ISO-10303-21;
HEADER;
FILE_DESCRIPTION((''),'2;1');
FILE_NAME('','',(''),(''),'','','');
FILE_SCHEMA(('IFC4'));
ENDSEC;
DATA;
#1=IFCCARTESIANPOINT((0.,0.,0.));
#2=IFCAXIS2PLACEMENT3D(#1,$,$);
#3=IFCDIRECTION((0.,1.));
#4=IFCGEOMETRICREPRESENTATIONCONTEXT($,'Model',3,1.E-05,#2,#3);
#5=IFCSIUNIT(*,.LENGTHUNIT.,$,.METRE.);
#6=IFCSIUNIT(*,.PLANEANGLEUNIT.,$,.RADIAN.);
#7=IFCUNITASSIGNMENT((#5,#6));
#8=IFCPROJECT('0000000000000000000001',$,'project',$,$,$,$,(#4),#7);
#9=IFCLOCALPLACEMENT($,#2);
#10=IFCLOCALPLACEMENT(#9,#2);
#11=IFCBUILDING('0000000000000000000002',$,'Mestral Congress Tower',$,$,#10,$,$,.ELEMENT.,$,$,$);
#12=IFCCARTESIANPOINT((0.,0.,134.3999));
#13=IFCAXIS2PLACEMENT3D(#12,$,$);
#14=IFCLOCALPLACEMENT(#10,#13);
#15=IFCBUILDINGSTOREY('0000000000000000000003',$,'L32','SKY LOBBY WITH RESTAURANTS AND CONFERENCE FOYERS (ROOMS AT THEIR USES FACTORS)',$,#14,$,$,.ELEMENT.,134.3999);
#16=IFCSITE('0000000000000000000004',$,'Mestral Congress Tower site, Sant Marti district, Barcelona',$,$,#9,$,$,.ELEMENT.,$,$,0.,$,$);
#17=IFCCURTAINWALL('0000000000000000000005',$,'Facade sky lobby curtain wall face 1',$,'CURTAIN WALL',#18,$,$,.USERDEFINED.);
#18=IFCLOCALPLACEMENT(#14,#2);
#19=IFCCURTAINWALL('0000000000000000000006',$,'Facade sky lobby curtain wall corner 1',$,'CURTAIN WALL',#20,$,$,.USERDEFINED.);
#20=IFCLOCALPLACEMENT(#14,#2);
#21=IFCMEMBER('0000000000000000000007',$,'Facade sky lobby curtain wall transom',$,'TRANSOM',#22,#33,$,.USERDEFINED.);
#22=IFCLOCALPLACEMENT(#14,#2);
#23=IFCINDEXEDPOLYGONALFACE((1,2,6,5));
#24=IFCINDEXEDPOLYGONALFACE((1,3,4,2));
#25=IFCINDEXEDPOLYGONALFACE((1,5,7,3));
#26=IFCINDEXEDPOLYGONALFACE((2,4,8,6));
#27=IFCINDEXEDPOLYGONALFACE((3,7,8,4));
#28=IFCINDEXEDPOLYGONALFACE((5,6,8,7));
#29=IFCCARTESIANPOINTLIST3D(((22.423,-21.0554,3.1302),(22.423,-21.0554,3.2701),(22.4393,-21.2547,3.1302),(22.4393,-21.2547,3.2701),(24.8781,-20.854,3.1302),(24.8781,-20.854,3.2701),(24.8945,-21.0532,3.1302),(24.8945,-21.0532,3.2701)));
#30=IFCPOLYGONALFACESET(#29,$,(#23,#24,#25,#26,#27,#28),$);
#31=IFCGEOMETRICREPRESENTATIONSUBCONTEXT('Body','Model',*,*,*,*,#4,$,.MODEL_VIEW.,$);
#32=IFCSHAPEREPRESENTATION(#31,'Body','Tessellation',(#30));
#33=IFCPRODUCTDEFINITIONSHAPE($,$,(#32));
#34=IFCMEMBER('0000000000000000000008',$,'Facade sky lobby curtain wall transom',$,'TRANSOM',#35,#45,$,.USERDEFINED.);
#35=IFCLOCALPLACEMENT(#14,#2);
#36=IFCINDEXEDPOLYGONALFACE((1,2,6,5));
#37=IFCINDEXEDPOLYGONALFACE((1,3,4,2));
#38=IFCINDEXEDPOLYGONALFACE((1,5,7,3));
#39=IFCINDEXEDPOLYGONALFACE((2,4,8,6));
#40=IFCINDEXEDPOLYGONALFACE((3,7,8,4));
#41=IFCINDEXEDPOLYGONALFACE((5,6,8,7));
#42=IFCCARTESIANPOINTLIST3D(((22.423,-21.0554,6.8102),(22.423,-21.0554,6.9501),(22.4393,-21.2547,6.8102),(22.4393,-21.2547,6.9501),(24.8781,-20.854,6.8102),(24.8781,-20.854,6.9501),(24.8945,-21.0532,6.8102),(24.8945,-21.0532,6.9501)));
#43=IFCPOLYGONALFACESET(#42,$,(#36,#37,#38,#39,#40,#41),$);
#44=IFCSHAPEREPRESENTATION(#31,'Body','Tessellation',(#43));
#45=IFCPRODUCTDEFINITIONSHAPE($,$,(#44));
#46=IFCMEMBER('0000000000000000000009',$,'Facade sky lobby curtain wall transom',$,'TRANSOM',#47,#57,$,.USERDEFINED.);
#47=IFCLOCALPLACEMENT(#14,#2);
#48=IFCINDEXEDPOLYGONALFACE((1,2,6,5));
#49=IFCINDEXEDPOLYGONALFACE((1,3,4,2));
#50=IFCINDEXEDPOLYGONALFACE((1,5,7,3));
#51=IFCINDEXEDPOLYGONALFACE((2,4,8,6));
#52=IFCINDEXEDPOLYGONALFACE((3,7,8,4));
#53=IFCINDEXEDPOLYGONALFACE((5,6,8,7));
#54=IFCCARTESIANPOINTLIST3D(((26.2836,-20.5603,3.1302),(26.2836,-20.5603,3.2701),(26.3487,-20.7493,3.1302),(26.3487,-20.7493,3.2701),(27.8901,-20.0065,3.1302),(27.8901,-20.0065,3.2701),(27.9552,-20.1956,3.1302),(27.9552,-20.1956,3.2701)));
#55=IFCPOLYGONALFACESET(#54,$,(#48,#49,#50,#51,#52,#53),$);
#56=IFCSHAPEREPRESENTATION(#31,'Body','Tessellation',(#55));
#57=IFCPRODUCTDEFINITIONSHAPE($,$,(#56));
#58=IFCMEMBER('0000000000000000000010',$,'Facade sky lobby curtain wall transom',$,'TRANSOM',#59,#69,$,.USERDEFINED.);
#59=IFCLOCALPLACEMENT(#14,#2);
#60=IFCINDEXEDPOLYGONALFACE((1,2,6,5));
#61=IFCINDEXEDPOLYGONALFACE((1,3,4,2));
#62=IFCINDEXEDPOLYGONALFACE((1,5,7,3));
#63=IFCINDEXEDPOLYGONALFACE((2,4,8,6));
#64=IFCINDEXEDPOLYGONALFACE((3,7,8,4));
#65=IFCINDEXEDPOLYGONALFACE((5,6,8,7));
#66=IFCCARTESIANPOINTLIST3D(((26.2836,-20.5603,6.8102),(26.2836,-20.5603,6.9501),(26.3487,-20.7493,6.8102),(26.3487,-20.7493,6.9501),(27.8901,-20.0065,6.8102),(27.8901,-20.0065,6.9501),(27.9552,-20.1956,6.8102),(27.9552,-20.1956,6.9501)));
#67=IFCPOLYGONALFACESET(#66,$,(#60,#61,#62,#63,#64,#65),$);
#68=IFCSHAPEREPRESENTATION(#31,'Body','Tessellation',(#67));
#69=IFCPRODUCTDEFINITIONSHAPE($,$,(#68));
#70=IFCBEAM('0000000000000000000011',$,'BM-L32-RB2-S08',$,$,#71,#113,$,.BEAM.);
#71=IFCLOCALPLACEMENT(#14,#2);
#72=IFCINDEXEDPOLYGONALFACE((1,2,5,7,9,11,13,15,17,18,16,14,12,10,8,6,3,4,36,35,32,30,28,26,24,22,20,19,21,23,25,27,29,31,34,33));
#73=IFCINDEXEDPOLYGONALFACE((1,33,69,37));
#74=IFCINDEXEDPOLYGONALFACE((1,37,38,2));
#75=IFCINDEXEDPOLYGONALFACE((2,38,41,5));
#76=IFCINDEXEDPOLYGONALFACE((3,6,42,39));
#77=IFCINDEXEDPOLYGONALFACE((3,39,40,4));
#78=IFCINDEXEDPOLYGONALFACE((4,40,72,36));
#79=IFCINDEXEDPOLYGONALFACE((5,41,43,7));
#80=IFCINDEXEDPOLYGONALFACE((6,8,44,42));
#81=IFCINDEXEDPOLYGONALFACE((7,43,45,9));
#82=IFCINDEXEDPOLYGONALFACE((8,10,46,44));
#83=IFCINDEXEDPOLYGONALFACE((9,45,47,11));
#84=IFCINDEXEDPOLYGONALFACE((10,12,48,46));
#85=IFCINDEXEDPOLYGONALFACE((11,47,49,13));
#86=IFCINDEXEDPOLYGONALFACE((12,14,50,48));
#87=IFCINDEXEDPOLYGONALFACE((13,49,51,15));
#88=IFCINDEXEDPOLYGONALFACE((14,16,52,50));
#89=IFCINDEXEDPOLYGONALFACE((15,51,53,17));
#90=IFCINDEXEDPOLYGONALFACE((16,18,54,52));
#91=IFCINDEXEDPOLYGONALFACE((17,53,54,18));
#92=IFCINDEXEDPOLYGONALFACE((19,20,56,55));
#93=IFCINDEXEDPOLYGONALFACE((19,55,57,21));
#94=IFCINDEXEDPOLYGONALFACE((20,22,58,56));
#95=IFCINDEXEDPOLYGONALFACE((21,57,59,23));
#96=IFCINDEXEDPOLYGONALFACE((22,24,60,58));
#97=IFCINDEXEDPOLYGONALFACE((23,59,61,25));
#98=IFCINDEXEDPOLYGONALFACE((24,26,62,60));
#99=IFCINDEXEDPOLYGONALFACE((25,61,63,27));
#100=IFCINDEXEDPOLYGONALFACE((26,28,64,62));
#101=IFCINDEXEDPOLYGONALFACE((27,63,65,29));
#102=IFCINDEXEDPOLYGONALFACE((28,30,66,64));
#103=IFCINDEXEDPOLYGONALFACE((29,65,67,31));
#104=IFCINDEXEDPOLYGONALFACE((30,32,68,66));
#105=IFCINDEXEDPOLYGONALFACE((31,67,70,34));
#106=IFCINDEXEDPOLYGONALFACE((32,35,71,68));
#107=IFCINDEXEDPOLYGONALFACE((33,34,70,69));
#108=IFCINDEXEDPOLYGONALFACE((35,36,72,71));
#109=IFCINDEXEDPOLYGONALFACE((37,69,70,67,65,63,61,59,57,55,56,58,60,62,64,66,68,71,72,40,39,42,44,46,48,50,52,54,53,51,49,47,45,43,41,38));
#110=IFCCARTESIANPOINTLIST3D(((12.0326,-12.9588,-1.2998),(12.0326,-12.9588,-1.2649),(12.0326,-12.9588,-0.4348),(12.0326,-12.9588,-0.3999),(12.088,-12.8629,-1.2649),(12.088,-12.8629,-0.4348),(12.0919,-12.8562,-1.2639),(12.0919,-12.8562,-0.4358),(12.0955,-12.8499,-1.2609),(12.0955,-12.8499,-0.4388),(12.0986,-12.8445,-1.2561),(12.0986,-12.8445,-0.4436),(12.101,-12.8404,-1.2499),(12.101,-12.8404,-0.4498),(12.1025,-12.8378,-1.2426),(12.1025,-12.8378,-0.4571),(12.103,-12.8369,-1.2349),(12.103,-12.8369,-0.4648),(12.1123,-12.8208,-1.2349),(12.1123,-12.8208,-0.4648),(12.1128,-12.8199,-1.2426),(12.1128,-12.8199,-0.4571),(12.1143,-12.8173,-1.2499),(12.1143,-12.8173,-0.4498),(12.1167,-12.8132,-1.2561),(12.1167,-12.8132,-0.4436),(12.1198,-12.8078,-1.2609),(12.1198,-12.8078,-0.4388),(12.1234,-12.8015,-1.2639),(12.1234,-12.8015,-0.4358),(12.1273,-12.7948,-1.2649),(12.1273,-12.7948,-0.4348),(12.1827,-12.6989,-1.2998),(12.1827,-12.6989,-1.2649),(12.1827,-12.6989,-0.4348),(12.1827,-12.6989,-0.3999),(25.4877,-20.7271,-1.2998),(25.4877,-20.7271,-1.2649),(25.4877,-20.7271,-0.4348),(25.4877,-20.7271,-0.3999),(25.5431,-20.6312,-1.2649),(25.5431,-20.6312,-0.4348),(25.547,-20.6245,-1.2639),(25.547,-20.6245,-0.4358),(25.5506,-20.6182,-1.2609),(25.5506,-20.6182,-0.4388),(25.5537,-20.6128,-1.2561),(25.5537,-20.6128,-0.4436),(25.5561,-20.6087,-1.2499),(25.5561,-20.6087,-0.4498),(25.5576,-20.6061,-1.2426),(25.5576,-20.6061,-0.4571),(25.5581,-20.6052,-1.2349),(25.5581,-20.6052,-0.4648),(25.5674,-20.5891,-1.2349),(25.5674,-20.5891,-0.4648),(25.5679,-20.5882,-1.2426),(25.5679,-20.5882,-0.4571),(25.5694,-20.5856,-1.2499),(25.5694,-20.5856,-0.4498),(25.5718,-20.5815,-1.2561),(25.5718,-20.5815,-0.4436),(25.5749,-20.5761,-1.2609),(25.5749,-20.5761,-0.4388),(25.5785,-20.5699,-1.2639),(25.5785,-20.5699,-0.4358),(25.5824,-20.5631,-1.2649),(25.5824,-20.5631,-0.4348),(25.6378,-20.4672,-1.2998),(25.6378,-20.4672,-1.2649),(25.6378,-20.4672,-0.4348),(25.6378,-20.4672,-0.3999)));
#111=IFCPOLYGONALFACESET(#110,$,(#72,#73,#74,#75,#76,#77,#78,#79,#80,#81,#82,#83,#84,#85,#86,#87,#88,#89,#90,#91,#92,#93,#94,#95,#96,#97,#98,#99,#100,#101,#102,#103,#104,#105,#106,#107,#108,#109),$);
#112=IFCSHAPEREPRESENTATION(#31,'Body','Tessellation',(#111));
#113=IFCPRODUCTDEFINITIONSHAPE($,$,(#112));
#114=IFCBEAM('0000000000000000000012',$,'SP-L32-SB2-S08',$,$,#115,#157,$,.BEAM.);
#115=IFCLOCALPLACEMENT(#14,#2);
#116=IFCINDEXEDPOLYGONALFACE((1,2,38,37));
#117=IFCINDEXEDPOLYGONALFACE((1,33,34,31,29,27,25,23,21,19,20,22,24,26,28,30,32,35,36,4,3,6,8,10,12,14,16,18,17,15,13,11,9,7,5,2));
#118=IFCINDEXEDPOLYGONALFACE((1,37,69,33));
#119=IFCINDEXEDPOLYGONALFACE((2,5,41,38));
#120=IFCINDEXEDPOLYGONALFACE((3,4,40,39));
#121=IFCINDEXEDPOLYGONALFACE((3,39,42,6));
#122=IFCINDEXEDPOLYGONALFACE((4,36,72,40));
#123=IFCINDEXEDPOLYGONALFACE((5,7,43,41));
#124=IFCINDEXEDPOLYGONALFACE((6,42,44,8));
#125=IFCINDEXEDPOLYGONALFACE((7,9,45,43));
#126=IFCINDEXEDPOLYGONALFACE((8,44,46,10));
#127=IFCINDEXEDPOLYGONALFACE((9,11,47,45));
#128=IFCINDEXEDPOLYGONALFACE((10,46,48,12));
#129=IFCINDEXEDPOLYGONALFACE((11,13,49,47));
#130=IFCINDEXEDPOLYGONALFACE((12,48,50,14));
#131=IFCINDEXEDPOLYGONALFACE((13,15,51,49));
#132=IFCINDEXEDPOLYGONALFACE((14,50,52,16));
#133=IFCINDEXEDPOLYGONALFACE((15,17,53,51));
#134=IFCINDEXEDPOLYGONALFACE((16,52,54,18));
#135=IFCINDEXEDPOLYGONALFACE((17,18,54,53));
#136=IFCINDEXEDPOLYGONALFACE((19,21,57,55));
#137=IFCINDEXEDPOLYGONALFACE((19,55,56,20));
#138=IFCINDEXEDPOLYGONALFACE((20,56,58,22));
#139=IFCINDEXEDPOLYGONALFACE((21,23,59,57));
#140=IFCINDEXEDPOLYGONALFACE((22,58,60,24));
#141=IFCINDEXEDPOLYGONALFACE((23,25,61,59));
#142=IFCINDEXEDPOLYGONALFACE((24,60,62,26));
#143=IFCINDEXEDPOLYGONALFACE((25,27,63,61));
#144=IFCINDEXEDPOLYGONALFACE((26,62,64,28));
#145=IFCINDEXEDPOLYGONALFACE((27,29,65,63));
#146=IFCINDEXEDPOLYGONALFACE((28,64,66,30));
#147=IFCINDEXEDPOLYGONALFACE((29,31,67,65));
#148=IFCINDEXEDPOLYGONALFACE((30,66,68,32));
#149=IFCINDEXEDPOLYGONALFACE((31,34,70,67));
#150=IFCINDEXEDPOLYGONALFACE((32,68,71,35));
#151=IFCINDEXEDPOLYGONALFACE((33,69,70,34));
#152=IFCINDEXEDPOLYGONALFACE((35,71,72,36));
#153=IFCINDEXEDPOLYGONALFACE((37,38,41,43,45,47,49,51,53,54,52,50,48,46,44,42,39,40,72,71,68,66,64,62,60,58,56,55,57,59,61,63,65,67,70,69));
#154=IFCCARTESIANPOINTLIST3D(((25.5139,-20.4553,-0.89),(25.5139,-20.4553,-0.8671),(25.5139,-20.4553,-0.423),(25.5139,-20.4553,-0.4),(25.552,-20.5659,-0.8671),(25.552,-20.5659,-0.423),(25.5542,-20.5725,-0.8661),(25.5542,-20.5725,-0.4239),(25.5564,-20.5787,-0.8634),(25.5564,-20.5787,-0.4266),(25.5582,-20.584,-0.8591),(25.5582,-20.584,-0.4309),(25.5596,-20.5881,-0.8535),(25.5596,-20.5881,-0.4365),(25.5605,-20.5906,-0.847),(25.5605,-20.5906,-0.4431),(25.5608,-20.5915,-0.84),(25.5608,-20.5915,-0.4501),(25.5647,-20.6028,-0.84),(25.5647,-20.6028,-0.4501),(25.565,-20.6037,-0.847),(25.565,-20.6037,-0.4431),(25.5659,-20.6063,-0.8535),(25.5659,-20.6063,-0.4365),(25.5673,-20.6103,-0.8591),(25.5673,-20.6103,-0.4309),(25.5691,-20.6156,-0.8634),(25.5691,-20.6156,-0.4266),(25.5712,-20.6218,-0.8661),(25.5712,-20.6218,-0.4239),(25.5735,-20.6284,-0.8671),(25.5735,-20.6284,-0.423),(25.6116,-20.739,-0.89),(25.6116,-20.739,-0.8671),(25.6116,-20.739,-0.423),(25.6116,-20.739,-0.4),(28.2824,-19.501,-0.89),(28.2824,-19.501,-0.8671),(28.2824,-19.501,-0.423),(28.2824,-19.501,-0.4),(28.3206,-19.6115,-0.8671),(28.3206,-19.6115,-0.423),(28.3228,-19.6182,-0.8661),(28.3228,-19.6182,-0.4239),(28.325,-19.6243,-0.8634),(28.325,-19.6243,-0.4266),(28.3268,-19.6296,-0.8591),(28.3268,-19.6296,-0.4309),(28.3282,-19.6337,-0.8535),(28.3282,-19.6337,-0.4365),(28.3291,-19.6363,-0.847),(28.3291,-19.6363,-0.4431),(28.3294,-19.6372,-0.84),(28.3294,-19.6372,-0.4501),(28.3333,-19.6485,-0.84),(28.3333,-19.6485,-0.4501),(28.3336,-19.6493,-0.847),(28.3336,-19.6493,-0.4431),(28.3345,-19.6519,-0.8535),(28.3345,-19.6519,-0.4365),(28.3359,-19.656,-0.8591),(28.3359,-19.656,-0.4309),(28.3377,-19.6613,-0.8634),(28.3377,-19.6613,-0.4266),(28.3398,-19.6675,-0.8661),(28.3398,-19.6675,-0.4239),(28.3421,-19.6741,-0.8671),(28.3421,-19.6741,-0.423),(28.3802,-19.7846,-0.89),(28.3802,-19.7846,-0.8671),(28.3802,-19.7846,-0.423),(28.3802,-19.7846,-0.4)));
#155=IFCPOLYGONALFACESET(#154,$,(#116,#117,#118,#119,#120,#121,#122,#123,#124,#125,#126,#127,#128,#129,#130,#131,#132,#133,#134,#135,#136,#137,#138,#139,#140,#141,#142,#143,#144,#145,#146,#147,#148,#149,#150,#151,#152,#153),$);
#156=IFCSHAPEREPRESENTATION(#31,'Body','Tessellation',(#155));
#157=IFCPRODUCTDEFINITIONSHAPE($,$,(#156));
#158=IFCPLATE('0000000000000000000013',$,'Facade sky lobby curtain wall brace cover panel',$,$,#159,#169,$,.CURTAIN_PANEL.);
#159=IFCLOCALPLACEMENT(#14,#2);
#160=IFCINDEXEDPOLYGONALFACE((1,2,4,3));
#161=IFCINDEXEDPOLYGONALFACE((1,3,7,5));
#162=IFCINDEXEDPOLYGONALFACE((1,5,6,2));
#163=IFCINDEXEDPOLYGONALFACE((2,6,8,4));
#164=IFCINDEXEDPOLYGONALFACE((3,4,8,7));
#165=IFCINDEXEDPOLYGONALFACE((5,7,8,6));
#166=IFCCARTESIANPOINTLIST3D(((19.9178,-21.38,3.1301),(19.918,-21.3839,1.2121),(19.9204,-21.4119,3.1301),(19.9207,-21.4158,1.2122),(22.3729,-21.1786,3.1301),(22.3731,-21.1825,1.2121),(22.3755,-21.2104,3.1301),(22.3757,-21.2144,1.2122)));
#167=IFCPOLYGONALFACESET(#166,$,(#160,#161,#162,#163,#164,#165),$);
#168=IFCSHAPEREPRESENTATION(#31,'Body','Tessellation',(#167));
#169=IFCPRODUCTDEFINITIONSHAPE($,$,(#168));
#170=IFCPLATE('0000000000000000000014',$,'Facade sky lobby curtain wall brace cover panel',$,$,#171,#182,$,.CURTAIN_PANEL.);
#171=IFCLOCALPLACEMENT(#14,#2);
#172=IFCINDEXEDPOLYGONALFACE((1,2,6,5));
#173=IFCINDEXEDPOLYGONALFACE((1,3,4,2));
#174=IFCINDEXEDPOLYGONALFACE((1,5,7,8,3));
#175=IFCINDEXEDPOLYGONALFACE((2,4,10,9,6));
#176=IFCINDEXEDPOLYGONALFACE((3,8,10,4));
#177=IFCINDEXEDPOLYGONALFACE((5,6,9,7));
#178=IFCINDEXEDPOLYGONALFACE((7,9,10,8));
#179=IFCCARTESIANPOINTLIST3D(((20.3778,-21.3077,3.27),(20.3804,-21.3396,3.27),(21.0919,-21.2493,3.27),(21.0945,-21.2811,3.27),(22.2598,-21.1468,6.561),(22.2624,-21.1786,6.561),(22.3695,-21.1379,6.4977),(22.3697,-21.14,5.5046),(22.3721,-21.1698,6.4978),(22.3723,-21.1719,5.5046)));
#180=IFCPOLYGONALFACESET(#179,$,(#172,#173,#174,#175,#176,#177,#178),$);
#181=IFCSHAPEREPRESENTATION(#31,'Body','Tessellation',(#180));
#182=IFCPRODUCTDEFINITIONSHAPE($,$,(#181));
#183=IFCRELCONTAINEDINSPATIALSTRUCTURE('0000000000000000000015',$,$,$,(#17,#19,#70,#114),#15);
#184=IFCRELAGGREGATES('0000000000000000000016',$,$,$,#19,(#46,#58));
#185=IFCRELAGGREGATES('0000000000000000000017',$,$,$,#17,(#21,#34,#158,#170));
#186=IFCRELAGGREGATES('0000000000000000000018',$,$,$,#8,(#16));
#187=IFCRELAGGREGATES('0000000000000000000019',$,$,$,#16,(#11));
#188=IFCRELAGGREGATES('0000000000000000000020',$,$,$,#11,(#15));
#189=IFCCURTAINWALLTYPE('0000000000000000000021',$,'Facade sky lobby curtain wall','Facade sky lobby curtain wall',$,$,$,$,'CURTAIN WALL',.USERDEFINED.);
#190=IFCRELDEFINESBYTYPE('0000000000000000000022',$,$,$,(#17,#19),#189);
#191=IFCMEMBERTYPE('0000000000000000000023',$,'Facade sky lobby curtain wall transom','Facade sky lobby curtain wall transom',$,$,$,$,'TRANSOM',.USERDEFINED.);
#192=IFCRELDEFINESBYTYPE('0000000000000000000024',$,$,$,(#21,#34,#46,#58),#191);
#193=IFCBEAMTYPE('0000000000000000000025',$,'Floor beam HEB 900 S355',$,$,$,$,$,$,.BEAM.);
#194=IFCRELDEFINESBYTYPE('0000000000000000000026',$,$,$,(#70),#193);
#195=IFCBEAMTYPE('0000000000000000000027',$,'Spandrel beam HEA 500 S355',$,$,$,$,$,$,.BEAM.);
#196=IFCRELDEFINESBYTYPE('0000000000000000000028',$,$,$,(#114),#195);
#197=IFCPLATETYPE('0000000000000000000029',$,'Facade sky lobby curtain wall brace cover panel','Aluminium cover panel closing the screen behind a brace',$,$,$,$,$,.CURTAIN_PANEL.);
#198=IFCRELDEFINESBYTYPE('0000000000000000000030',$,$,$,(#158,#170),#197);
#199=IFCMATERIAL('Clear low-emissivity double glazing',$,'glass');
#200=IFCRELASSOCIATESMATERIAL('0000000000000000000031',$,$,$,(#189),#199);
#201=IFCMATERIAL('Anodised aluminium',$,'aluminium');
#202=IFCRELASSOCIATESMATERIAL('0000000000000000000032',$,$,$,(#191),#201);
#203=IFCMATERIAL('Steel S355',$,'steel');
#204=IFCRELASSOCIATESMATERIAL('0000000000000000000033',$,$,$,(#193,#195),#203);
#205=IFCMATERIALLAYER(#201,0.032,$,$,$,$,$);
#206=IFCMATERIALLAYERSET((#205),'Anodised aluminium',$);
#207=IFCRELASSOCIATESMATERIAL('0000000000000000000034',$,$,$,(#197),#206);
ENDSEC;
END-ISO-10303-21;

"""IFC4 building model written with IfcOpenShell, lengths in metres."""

from ifc_helpers import new_model, si_unit, direction, frame, origin, origin_2d, place, context, subcontext, project, spatial, polyline, rectangle, i_section, outline, extrude, material, layer, layer_set, material_profile, profile_set, type_object, element, aggregate, save


model = new_model("IFC4")

# Units and contexts
model_context = context("Model", 3, precision=1e-05, world=origin(), true_north=direction((0.0, 1.0)))
body_context = subcontext(model_context, "Body", "Model", "MODEL_VIEW")
ifc_project = project(units=[si_unit("LENGTHUNIT", "METRE"), si_unit("PLANEANGLEUNIT", "RADIAN")], contexts=[model_context])

# Site, building, storey
site_placement = place(None, origin())
site = spatial("IfcSite", under=ifc_project, at=site_placement, Name="Mestral Congress Tower site, Sant Marti district, Barcelona", CompositionType="ELEMENT", RefElevation=0.0)
building_placement = place(site_placement, origin())
building = spatial("IfcBuilding", under=site, at=building_placement, Name="Mestral Congress Tower", CompositionType="ELEMENT")
storey_placement = place(building_placement, frame((0.0, 0.0, 134.3999)))
storey = spatial("IfcBuildingStorey", under=building, at=storey_placement, Name="L32", Description="SKY LOBBY WITH RESTAURANTS AND CONFERENCE FOYERS (ROOMS AT THEIR USES FACTORS)", CompositionType="ELEMENT", Elevation=134.3999)

# Shared definitions
ifc_material_1 = material(Name="Steel S355", Category="steel")

# Curtain walls
ifc_material_2 = material(Name="Clear low-emissivity double glazing", Category="glass")
curtain_wall_type = type_object("IfcCurtainWallType", Name="Facade sky lobby curtain wall", Description="Facade sky lobby curtain wall", ElementType="CURTAIN WALL", PredefinedType="USERDEFINED", material=ifc_material_2)
placement = place(storey_placement, origin())
curtain_wall_1 = element("IfcCurtainWall", 1, at=placement, inside=storey, type_object=curtain_wall_type, Name="Facade sky lobby curtain wall face 1", ObjectType="CURTAIN WALL", PredefinedType="USERDEFINED")
ifc_material_3 = material(Name="Anodised aluminium", Category="aluminium")
curtain_wall_2 = element("IfcCurtainWall", 2, at=placement, inside=storey, type_object=curtain_wall_type, Name="Facade sky lobby curtain wall corner 1", ObjectType="CURTAIN WALL", PredefinedType="USERDEFINED")

# Members
ifc_material_profile_1 = material_profile(ifc_material_3, rectangle(XDim=0.2, YDim=0.1399, at=origin_2d()), Name="CW1 transom 200 x 140")
ifc_profile_set_1 = profile_set([ifc_material_profile_1], Name="Anodised aluminium")
member_type_1 = type_object("IfcMemberType", Name="Facade sky lobby curtain wall transom", Description="Facade sky lobby curtain wall transom", ElementType="TRANSOM", PredefinedType="USERDEFINED", material=ifc_profile_set_1)
member_1_placement = place(storey_placement, frame((22.4312, -21.155, 3.2002), z_axis=(0.996652, 0.081766, 0.0), x_axis=(-0.081766, 0.996652, 0.0)))
member_1 = element("IfcMember", 3, at=member_1_placement, type_object=member_type_1, Name="Facade sky lobby curtain wall transom", ObjectType="TRANSOM", PredefinedType="USERDEFINED", context=body_context, shape_type="SweptSolid", body=[
    extrude(rectangle(XDim=0.2, YDim=0.1399, at=origin_2d()), origin(), (0.0, 0.0, 1.0), 2.4634),
])
member_2_placement = place(storey_placement, frame((22.4312, -21.155, 6.8801), z_axis=(0.996652, 0.081766, 0.0), x_axis=(-0.081766, 0.996652, 0.0)))
member_2 = element("IfcMember", 4, at=member_2_placement, type_object=member_type_1, Name="Facade sky lobby curtain wall transom", ObjectType="TRANSOM", PredefinedType="USERDEFINED", context=body_context, shape_type="SweptSolid", body=[
    extrude(rectangle(XDim=0.2, YDim=0.1399, at=origin_2d()), origin(), (0.0, 0.0, 1.0), 2.4634),
])
member_3_placement = place(storey_placement, frame((26.3162, -20.6548, 3.2002), z_axis=(0.945416, 0.325867, 0.0), x_axis=(-0.325867, 0.945416, 0.0)))
member_3 = element("IfcMember", 5, at=member_3_placement, type_object=member_type_1, Name="Facade sky lobby curtain wall transom", ObjectType="TRANSOM", PredefinedType="USERDEFINED", context=body_context, shape_type="SweptSolid", body=[
    extrude(rectangle(XDim=0.2, YDim=0.1399, at=origin_2d()), origin(), (0.0, 0.0, 1.0), 1.6992),
])
member_4_placement = place(storey_placement, frame((26.3162, -20.6548, 6.8801), z_axis=(0.945416, 0.325867, 0.0), x_axis=(-0.325867, 0.945416, 0.0)))
member_4 = element("IfcMember", 6, at=member_4_placement, type_object=member_type_1, Name="Facade sky lobby curtain wall transom", ObjectType="TRANSOM", PredefinedType="USERDEFINED", context=body_context, shape_type="SweptSolid", body=[
    extrude(rectangle(XDim=0.2, YDim=0.1399, at=origin_2d()), origin(), (0.0, 0.0, 1.0), 1.6992),
])

# Beams
ifc_material_profile_2 = material_profile(ifc_material_1, i_section(OverallWidth=0.3, OverallDepth=0.8999, WebThickness=0.0186, FlangeThickness=0.0349, FilletRadius=0.03, at=origin_2d()), Name="HEB 900")
ifc_profile_set_2 = profile_set([ifc_material_profile_2], Name="Steel S355")
beam_type_1 = type_object("IfcBeamType", Name="Floor beam HEB 900 S355", PredefinedType="BEAM", material=ifc_profile_set_2)
beam_1_placement = place(storey_placement, frame((25.5627, -20.5972, -0.8499), z_axis=(-0.866025, 0.500001, 0.0), x_axis=(-0.500001, -0.866025, 0.0)))
element("IfcBeam", 7, at=beam_1_placement, inside=storey, type_object=beam_type_1, Name="BM-L32-RB2-S08", PredefinedType="BEAM", context=body_context, shape_type="SweptSolid", body=[
    extrude(i_section(OverallWidth=0.3, OverallDepth=0.8999, WebThickness=0.0186, FlangeThickness=0.0349, FilletRadius=0.03, at=origin_2d()), origin(), (0.0, 0.0, 1.0), 15.5366),
])
ifc_material_profile_3 = material_profile(ifc_material_1, i_section(OverallWidth=0.3, OverallDepth=0.49, WebThickness=0.012, FlangeThickness=0.0229, FilletRadius=0.0271, at=origin_2d()), Name="HEA 500")
ifc_profile_set_3 = profile_set([ifc_material_profile_3], Name="Steel S355")
beam_type_2 = type_object("IfcBeamType", Name="Spandrel beam HEA 500 S355", PredefinedType="BEAM", material=ifc_profile_set_3)
beam_2_placement = place(storey_placement, frame((25.5627, -20.5972, -0.645), z_axis=(0.945408, 0.32589, 0.0), x_axis=(-0.32589, 0.945408, 0.0)))
element("IfcBeam", 8, at=beam_2_placement, inside=storey, type_object=beam_type_2, Name="SP-L32-SB2-S08", PredefinedType="BEAM", context=body_context, shape_type="SweptSolid", body=[
    extrude(i_section(OverallWidth=0.3, OverallDepth=0.49, WebThickness=0.012, FlangeThickness=0.0229, FilletRadius=0.0271, at=origin_2d()), origin(), (0.0, 0.0, 1.0), 2.9285),
])

# Plates
ifc_layer_1 = layer(ifc_material_3, 0.032)
ifc_layer_set_1 = layer_set([ifc_layer_1], Name="Anodised aluminium")
plate_type_1 = type_object("IfcPlateType", Name="Facade sky lobby curtain wall brace cover panel", Description="Aluminium cover panel closing the screen behind a brace", PredefinedType="CURTAIN_PANEL", material=ifc_layer_set_1)
plate_1_placement = place(storey_placement, frame((22.3755, -21.2104, 3.1301), z_axis=(0.081766, -0.996649, 0.00204), x_axis=(0.000127, -0.002037, -0.999998)))
plate_1 = element("IfcPlate", 9, at=plate_1_placement, type_object=plate_type_1, Name="Facade sky lobby curtain wall brace cover panel", PredefinedType="CURTAIN_PANEL", context=body_context, shape_type="SweptSolid", body=[
    extrude(outline(polyline([(0.0, 0.0), (1.918, 0.0), (1.9181, -2.4633), (0.0001, -2.4633), (0.0, 0.0)])), origin(), (0.0, 0.0, -1.0), 0.032),
])
plate_2_placement = place(storey_placement, frame((22.3723, -21.1719, 5.5046), z_axis=(0.08154, -0.996668, 0.002107), x_axis=(-0.49596, -0.042409, -0.867309)))
plate_2 = element("IfcPlate", 10, at=plate_2_placement, type_object=plate_type_1, Name="Facade sky lobby curtain wall brace cover panel", PredefinedType="CURTAIN_PANEL", context=body_context, shape_type="SweptSolid", body=[
    extrude(outline(polyline([(0.0, 0.0), (2.5765, 0.0), (2.9331, -0.6214), (-0.8614, -0.6213), (-0.8613, -0.4944), (0.0, 0.0)])), origin(), (0.0, 0.0, -1.0), 0.032),
])
aggregate(curtain_wall_2, [member_3, member_4])

aggregate(curtain_wall_1, [member_1, member_2, plate_1, plate_2])

save(model, "model.ifc")
